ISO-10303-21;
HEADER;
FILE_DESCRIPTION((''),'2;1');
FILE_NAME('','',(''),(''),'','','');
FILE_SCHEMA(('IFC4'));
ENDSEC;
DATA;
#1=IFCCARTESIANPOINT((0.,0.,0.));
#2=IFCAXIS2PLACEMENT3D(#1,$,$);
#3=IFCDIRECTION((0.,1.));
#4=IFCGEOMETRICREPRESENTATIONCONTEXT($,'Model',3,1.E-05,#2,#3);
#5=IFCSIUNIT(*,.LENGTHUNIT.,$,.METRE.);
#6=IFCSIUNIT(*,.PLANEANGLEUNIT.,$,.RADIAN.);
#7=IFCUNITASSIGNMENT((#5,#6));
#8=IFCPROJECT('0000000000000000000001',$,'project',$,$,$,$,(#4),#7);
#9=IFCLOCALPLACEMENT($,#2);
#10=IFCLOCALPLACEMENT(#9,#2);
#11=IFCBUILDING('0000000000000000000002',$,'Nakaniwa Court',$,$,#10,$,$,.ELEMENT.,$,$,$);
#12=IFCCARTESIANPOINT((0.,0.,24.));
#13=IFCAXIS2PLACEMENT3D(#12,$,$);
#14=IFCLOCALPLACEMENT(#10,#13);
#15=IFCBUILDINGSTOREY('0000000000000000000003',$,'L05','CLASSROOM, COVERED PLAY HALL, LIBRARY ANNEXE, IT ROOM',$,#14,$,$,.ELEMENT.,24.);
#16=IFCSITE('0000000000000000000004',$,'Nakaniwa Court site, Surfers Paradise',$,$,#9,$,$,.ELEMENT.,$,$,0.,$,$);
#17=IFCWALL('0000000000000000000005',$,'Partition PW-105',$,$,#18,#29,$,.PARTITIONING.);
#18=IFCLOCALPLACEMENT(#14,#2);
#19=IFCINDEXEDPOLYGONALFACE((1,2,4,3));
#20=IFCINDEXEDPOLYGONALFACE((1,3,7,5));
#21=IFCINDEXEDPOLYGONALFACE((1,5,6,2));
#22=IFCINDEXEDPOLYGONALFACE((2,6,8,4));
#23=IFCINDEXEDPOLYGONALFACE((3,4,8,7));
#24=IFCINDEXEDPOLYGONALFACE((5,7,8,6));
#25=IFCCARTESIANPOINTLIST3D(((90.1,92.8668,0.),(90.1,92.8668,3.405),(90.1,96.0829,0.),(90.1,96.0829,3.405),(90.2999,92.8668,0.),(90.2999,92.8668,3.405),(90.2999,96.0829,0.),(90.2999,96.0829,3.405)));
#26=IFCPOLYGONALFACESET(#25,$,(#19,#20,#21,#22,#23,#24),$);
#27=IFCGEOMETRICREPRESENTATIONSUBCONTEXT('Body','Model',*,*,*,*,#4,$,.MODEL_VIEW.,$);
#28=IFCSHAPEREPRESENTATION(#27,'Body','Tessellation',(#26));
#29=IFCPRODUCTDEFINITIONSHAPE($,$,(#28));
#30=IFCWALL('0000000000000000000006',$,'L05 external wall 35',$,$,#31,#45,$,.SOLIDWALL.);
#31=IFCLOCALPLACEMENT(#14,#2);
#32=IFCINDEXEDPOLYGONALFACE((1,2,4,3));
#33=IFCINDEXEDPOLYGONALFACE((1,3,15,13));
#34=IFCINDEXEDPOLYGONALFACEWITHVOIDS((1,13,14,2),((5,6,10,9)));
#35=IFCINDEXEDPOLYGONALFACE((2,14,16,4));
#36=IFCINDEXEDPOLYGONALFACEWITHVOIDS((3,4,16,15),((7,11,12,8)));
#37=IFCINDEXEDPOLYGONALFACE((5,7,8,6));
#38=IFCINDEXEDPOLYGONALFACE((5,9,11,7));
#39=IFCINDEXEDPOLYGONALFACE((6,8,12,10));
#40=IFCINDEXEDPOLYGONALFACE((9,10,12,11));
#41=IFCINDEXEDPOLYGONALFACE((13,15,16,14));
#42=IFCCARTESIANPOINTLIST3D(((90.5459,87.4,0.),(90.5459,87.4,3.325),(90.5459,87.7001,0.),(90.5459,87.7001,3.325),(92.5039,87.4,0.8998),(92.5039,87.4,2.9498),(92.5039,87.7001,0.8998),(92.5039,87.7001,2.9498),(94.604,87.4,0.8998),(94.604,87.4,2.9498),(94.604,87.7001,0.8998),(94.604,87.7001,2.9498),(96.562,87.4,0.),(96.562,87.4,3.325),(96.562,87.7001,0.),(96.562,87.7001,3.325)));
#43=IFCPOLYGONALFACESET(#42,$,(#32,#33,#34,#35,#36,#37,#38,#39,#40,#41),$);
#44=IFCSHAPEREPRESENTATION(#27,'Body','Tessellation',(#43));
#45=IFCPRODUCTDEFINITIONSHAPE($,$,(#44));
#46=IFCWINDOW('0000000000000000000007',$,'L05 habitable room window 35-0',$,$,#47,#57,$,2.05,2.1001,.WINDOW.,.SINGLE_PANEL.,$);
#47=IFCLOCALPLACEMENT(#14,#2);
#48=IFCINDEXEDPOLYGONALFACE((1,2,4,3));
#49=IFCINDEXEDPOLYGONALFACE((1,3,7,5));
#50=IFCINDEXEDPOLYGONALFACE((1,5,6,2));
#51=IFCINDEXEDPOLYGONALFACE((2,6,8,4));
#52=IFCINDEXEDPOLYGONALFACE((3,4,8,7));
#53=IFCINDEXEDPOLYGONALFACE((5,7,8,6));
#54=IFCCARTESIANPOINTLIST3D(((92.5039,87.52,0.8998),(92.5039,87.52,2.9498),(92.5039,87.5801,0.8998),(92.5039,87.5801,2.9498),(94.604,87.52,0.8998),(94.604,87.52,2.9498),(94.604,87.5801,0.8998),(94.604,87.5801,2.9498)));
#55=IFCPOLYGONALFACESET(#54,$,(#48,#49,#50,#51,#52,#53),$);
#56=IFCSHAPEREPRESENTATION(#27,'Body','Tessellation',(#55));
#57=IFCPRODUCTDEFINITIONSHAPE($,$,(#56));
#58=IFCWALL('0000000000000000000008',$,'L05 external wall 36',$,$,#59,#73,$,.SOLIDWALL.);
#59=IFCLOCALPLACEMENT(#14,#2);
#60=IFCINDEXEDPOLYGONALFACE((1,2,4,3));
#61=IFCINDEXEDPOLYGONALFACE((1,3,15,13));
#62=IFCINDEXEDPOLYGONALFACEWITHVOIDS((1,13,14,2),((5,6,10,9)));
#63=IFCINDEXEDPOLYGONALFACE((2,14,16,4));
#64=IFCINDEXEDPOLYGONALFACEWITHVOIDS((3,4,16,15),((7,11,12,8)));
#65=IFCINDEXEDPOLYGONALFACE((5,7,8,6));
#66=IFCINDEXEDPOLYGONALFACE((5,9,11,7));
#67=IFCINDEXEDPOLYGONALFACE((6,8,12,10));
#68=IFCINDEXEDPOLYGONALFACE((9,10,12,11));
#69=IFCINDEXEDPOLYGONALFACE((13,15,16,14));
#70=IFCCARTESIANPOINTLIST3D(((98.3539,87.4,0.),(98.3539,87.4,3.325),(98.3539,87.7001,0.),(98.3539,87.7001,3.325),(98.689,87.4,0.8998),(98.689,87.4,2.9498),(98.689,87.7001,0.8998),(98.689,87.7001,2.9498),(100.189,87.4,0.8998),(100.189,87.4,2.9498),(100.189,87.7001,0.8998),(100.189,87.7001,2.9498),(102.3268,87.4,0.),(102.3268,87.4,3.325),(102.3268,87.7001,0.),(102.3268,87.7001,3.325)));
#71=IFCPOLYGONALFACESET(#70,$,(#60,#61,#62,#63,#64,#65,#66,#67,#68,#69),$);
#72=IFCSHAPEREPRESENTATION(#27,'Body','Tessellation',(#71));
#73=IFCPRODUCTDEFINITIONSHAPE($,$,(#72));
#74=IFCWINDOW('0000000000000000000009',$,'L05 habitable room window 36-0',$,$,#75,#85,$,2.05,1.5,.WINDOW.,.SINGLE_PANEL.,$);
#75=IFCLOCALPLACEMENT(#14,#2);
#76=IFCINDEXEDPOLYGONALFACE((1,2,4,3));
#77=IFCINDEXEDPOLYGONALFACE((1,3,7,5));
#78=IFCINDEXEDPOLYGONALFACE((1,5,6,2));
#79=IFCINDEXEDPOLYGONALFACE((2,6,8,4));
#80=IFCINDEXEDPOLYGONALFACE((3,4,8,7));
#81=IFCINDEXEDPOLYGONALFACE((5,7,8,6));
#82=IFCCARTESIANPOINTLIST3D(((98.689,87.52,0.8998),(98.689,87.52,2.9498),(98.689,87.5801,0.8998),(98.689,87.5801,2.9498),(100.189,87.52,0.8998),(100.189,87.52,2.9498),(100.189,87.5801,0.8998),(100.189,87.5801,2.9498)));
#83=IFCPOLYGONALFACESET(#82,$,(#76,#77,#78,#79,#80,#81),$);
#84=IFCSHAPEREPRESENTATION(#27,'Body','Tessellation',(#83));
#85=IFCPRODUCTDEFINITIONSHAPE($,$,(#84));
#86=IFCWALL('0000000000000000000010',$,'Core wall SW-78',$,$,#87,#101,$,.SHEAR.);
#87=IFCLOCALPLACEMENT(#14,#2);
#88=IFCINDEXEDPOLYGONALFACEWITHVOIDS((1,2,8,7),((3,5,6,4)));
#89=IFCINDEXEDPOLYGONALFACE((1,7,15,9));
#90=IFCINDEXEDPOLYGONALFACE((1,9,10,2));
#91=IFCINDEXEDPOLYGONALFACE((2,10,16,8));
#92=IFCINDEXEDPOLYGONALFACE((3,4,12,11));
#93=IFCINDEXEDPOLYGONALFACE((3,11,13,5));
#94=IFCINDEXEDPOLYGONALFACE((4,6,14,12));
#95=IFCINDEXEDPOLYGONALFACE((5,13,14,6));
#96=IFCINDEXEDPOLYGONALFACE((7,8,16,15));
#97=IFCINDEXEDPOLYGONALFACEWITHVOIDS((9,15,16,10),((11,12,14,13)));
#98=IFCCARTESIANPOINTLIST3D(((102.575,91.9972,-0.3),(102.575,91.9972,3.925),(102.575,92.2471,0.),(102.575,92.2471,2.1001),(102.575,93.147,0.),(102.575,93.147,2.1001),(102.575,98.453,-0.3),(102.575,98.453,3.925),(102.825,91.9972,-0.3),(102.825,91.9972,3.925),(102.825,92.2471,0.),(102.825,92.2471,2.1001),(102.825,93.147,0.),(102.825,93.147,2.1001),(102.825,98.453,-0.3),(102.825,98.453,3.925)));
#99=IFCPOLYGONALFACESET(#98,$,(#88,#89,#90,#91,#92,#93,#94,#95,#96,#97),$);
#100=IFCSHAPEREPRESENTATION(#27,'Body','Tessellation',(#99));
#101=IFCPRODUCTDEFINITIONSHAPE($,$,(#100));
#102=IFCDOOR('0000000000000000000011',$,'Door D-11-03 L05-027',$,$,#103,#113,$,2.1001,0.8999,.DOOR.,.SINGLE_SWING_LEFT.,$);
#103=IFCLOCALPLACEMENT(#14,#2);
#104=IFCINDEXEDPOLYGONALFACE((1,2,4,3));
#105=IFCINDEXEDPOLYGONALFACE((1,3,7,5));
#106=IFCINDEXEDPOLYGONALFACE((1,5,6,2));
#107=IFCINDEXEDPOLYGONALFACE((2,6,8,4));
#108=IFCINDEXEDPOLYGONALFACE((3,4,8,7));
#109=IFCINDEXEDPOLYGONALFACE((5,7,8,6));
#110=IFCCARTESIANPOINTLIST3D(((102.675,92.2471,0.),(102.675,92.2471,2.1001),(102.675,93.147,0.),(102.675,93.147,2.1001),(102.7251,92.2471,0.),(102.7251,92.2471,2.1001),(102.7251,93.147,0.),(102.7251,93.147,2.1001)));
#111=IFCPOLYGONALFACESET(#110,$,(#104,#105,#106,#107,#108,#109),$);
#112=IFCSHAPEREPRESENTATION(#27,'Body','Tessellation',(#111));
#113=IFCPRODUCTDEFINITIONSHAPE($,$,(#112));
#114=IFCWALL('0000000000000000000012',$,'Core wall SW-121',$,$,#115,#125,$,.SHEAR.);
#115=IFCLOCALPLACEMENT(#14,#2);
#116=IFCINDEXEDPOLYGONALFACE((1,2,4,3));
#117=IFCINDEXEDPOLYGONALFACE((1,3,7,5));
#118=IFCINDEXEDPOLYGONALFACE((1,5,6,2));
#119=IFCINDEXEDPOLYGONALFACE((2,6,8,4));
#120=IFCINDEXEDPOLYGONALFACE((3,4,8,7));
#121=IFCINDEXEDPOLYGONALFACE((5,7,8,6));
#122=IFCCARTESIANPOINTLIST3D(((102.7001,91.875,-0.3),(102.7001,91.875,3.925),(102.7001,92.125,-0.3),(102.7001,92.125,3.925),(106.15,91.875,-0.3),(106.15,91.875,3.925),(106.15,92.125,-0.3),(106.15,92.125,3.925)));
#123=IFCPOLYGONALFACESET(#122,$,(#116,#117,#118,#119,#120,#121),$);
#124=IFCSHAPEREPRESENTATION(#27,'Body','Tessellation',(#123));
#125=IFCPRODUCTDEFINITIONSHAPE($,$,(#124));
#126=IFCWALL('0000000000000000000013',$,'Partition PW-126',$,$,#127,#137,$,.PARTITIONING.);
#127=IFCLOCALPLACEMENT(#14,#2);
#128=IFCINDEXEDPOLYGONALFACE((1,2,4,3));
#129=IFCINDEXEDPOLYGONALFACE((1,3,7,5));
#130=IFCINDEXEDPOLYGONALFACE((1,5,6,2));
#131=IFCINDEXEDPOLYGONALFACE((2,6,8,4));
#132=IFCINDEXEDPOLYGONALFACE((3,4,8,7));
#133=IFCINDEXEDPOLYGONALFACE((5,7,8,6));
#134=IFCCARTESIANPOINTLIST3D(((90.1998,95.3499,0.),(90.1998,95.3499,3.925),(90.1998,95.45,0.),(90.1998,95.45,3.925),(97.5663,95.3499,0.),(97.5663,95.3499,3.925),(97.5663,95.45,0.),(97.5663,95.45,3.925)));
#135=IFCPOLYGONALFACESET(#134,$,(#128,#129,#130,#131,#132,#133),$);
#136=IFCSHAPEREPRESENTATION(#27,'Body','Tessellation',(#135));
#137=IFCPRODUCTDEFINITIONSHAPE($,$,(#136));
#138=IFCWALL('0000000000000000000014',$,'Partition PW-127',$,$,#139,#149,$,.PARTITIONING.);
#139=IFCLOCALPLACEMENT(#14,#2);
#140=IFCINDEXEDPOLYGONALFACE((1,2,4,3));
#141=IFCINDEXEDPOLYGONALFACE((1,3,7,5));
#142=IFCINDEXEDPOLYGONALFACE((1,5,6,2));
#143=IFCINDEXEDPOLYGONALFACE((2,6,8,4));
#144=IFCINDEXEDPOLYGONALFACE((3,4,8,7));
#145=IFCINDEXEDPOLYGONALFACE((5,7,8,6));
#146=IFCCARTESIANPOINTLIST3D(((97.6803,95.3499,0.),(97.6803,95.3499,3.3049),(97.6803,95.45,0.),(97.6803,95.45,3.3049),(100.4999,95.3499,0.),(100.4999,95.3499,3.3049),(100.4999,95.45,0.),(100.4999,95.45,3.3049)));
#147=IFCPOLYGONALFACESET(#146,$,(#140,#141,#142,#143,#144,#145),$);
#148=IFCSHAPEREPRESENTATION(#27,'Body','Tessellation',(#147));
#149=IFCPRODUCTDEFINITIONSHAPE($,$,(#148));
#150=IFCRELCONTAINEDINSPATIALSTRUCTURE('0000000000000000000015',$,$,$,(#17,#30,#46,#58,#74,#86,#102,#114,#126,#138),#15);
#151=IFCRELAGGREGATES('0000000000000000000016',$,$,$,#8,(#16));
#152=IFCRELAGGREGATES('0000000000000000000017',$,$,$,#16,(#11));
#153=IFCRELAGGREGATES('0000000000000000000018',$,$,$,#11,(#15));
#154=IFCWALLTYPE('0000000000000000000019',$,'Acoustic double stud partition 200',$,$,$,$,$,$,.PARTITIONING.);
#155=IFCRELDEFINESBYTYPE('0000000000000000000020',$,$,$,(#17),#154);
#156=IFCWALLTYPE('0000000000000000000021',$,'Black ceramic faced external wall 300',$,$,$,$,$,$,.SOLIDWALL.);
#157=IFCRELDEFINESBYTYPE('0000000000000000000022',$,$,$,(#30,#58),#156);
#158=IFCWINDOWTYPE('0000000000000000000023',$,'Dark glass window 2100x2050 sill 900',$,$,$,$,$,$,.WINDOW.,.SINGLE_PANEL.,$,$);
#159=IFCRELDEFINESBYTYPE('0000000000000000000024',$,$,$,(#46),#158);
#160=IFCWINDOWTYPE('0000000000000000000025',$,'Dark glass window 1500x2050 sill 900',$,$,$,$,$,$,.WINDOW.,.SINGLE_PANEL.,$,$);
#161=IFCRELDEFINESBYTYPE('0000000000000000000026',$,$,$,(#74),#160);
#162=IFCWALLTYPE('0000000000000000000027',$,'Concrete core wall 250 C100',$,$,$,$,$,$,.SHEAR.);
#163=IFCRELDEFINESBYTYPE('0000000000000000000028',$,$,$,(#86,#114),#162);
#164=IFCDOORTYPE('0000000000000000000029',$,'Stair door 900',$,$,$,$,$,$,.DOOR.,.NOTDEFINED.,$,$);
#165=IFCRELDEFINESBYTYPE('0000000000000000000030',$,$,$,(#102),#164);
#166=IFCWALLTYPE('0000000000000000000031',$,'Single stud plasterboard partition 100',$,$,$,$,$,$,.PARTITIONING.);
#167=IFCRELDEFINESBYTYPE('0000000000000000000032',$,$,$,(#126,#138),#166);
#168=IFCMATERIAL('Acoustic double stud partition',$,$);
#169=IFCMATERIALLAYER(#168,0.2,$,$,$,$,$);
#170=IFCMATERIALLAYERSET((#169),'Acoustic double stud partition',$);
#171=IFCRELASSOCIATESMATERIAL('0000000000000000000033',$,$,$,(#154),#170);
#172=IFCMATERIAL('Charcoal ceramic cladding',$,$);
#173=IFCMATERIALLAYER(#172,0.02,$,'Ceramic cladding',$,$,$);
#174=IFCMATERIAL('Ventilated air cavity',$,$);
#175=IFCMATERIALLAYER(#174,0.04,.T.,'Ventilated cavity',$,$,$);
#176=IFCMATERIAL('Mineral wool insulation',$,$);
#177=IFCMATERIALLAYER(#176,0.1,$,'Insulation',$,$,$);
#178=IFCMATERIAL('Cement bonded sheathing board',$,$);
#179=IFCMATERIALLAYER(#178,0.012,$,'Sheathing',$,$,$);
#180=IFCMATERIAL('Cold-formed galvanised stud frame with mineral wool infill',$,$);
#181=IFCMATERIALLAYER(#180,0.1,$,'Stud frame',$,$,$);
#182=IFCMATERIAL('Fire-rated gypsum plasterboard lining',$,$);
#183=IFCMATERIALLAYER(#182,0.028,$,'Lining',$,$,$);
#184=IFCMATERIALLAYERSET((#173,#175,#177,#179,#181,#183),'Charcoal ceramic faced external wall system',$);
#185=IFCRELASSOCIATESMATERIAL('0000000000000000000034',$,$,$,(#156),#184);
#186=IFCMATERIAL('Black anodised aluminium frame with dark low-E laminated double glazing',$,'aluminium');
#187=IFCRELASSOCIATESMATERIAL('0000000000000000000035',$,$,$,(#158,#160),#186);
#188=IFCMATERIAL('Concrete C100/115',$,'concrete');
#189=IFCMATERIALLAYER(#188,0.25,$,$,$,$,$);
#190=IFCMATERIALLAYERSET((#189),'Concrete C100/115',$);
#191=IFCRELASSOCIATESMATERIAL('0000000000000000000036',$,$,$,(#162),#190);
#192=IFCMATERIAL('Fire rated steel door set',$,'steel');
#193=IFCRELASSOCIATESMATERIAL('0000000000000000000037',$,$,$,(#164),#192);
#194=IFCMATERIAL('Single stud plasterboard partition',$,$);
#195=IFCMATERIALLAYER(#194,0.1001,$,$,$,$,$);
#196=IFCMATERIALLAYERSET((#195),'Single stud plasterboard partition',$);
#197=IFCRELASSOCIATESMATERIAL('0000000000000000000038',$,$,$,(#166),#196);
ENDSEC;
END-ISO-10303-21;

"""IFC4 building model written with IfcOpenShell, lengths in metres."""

from ifc_helpers import new_model, si_unit, direction, frame, frame_2d, origin, place, context, subcontext, project, spatial, rectangle, extrude, material, layer, layer_set, type_object, element, fill, save


model = new_model("IFC4")

# Units and contexts
model_context = context("Model", 3, precision=1e-05, world=origin(), true_north=direction((0.0, 1.0)))
body_context = subcontext(model_context, "Body", "Model", "MODEL_VIEW")
ifc_project = project(units=[si_unit("LENGTHUNIT", "METRE"), si_unit("PLANEANGLEUNIT", "RADIAN")], contexts=[model_context])

# Site, building, storey
site_placement = place(None, origin())
site = spatial("IfcSite", under=ifc_project, at=site_placement, Name="Nakaniwa Court site, Surfers Paradise", CompositionType="ELEMENT", RefElevation=0.0)
building_placement = place(site_placement, origin())
building = spatial("IfcBuilding", under=site, at=building_placement, Name="Nakaniwa Court", CompositionType="ELEMENT")
storey_placement = place(building_placement, frame((0.0, 0.0, 24.0)))
storey = spatial("IfcBuildingStorey", under=building, at=storey_placement, Name="L05", Description="CLASSROOM, COVERED PLAY HALL, LIBRARY ANNEXE, IT ROOM", CompositionType="ELEMENT", Elevation=24.0)

# Shared definitions
ifc_material_1 = material(Name="Concrete C100/115", Category="concrete")

# Shared definitions
ifc_material_2 = material(Name="Acoustic double stud partition")
ifc_layer_1 = layer(ifc_material_2, 0.2)
ifc_layer_set_1 = layer_set([ifc_layer_1], Name="Acoustic double stud partition")
wall_type_1 = type_object("IfcWallType", Name="Acoustic double stud partition 200", PredefinedType="PARTITIONING", material=ifc_layer_set_1)

# Wall
wall_1_placement = place(storey_placement, frame((90.2, 92.8669, 0.0), z_axis=(0.0, 0.0, 1.0), x_axis=(0.0, 1.0, 0.0)))
element("IfcWall", 1, at=wall_1_placement, inside=storey, type_object=wall_type_1, Name="Partition PW-105", PredefinedType="PARTITIONING", context=body_context, shape_type="SweptSolid", body=[
    extrude(rectangle(XDim=3.2161, YDim=0.2, at=frame_2d((1.6079, 0.0))), origin(), (0.0, 0.0, 1.0), 3.405),
])

# Walls, openings, windows
ifc_material_3 = material(Name="Charcoal ceramic cladding")
ifc_layer_2 = layer(ifc_material_3, 0.02, Name="Ceramic cladding")
ifc_material_4 = material(Name="Ventilated air cavity")
ifc_layer_3 = layer(ifc_material_4, 0.04, ventilated=True, Name="Ventilated cavity")
ifc_material_5 = material(Name="Mineral wool insulation")
ifc_layer_4 = layer(ifc_material_5, 0.1, Name="Insulation")
ifc_material_6 = material(Name="Cement bonded sheathing board")
ifc_layer_5 = layer(ifc_material_6, 0.012, Name="Sheathing")
ifc_material_7 = material(Name="Cold-formed galvanised stud frame with mineral wool infill")
ifc_layer_6 = layer(ifc_material_7, 0.1, Name="Stud frame")
ifc_material_8 = material(Name="Fire-rated gypsum plasterboard lining")
ifc_layer_7 = layer(ifc_material_8, 0.028, Name="Lining")
ifc_layer_set_2 = layer_set([ifc_layer_2, ifc_layer_3, ifc_layer_4, ifc_layer_5, ifc_layer_6, ifc_layer_7], Name="Charcoal ceramic faced external wall system")
wall_type_2 = type_object("IfcWallType", Name="Black ceramic faced external wall 300", PredefinedType="SOLIDWALL", material=ifc_layer_set_2)
wall_2_placement = place(storey_placement, frame((90.5459, 87.55, 0.0), z_axis=(0.0, 0.0, 1.0), x_axis=(1.0, 0.0, 0.0)))
wall_2 = element("IfcWall", 2, at=wall_2_placement, inside=storey, type_object=wall_type_2, Name="L05 external wall 35", PredefinedType="SOLIDWALL", context=body_context, shape_type="SweptSolid", body=[
    extrude(rectangle(XDim=6.0161, YDim=0.3, at=frame_2d((3.0081, 0.0))), origin(), (0.0, 0.0, 1.0), 3.325),
])
opening_1_placement = place(wall_2_placement, frame((1.958, 0.0, 0.8999)))
opening_1 = element("IfcOpeningElement", 3, at=opening_1_placement, cuts=wall_2, PredefinedType="OPENING", context=body_context, shape_type="SweptSolid", body=[
    extrude(rectangle(XDim=2.1001, YDim=2.05, at=frame_2d((1.05, 1.0249))), frame((0.0, 0.1599, 0.0), z_axis=(0.0, -1.0, 0.0), x_axis=(1.0, 0.0, 0.0)), (0.0, 0.0, 1.0), 0.3201),
])
ifc_material_9 = material(Name="Black anodised aluminium frame with dark low-E laminated double glazing", Category="aluminium")
window_type_1 = type_object("IfcWindowType", Name="Dark glass window 2100x2050 sill 900", PartitioningType="SINGLE_PANEL", PredefinedType="WINDOW", material=ifc_material_9)
window_1_placement = place(opening_1_placement, origin())
window_1 = element("IfcWindow", 4, at=window_1_placement, inside=storey, type_object=window_type_1, Name="L05 habitable room window 35-0", OverallHeight=2.05, OverallWidth=2.1001, PartitioningType="SINGLE_PANEL", PredefinedType="WINDOW", context=body_context, shape_type="SweptSolid", body=[
    extrude(rectangle(XDim=2.1001, YDim=2.05, at=frame_2d((1.05, 1.0249))), frame((0.0, 0.03, 0.0), z_axis=(0.0, -1.0, 0.0), x_axis=(1.0, 0.0, 0.0)), (0.0, 0.0, 1.0), 0.0601),
])
fill(opening_1, window_1)
wall_3_placement = place(storey_placement, frame((98.354, 87.55, 0.0), z_axis=(0.0, 0.0, 1.0), x_axis=(1.0, 0.0, 0.0)))
wall_3 = element("IfcWall", 5, at=wall_3_placement, inside=storey, type_object=wall_type_2, Name="L05 external wall 36", PredefinedType="SOLIDWALL", context=body_context, shape_type="SweptSolid", body=[
    extrude(rectangle(XDim=3.9729, YDim=0.3, at=frame_2d((1.9863, 0.0))), origin(), (0.0, 0.0, 1.0), 3.325),
])
opening_2_placement = place(wall_3_placement, frame((0.335, 0.0, 0.8999)))
opening_2 = element("IfcOpeningElement", 6, at=opening_2_placement, cuts=wall_3, PredefinedType="OPENING", context=body_context, shape_type="SweptSolid", body=[
    extrude(rectangle(XDim=1.5, YDim=2.05, at=frame_2d((0.75, 1.0249))), frame((0.0, 0.1599, 0.0), z_axis=(0.0, -1.0, 0.0), x_axis=(1.0, 0.0, 0.0)), (0.0, 0.0, 1.0), 0.3201),
])
window_type_2 = type_object("IfcWindowType", Name="Dark glass window 1500x2050 sill 900", PartitioningType="SINGLE_PANEL", PredefinedType="WINDOW", material=ifc_material_9)
window_2_placement = place(opening_2_placement, origin())
window_2 = element("IfcWindow", 7, at=window_2_placement, inside=storey, type_object=window_type_2, Name="L05 habitable room window 36-0", OverallHeight=2.05, OverallWidth=1.5, PartitioningType="SINGLE_PANEL", PredefinedType="WINDOW", context=body_context, shape_type="SweptSolid", body=[
    extrude(rectangle(XDim=1.5, YDim=2.05, at=frame_2d((0.75, 1.0249))), frame((0.0, 0.03, 0.0), z_axis=(0.0, -1.0, 0.0), x_axis=(1.0, 0.0, 0.0)), (0.0, 0.0, 1.0), 0.0601),
])
fill(opening_2, window_2)

# Wall, opening, door
ifc_layer_8 = layer(ifc_material_1, 0.25)
ifc_layer_set_3 = layer_set([ifc_layer_8], Name="Concrete C100/115")
wall_type_3 = type_object("IfcWallType", Name="Concrete core wall 250 C100", PredefinedType="SHEAR", material=ifc_layer_set_3)
wall_4_placement = place(storey_placement, frame((102.7, 91.9971, -0.3), z_axis=(0.0, 0.0, 1.0), x_axis=(0.0, 1.0, 0.0)))
wall_4 = element("IfcWall", 8, at=wall_4_placement, inside=storey, type_object=wall_type_3, Name="Core wall SW-78", PredefinedType="SHEAR", context=body_context, shape_type="SweptSolid", body=[
    extrude(rectangle(XDim=6.4558, YDim=0.25, at=frame_2d((3.228, 0.0))), origin(), (0.0, 0.0, 1.0), 4.2251),
])
opening_3_placement = place(wall_4_placement, frame((0.25, 0.0, 0.3)))
opening_3 = element("IfcOpeningElement", 9, at=opening_3_placement, cuts=wall_4, PredefinedType="OPENING", context=body_context, shape_type="SweptSolid", body=[
    extrude(rectangle(XDim=0.8999, YDim=2.1001, at=frame_2d((0.45, 1.05))), frame((0.0, 0.135, 0.0), z_axis=(0.0, -1.0, 0.0), x_axis=(1.0, 0.0, 0.0)), (0.0, 0.0, 1.0), 0.27),
])
ifc_material_10 = material(Name="Fire rated steel door set", Category="steel")
door_type_1 = type_object("IfcDoorType", Name="Stair door 900", OperationType="NOTDEFINED", PredefinedType="DOOR", material=ifc_material_10)
door_1_placement = place(opening_3_placement, origin())
door_1 = element("IfcDoor", 10, at=door_1_placement, inside=storey, type_object=door_type_1, Name="Door D-11-03 L05-027", OperationType="SINGLE_SWING_LEFT", OverallHeight=2.1001, OverallWidth=0.8999, PredefinedType="DOOR", context=body_context, shape_type="SweptSolid", body=[
    extrude(rectangle(XDim=0.8999, YDim=2.1001, at=frame_2d((0.45, 1.05))), frame((0.0, 0.0249, 0.0), z_axis=(0.0, -1.0, 0.0), x_axis=(1.0, 0.0, 0.0)), (0.0, 0.0, 1.0), 0.05),
])
fill(opening_3, door_1)

# Walls
wall_5_placement = place(storey_placement, frame((102.7, 92.0, -0.3), z_axis=(0.0, 0.0, 1.0), x_axis=(1.0, 0.0, 0.0)))
element("IfcWall", 11, at=wall_5_placement, inside=storey, type_object=wall_type_3, Name="Core wall SW-121", PredefinedType="SHEAR", context=body_context, shape_type="SweptSolid", body=[
    extrude(rectangle(XDim=3.45, YDim=0.25, at=frame_2d((1.7251, 0.0))), origin(), (0.0, 0.0, 1.0), 4.2251),
])
ifc_material_11 = material(Name="Single stud plasterboard partition")
ifc_layer_9 = layer(ifc_material_11, 0.1001)
ifc_layer_set_4 = layer_set([ifc_layer_9], Name="Single stud plasterboard partition")
wall_type_4 = type_object("IfcWallType", Name="Single stud plasterboard partition 100", PredefinedType="PARTITIONING", material=ifc_layer_set_4)
wall_6_placement = place(storey_placement, frame((90.2, 95.3999, 0.0), z_axis=(0.0, 0.0, 1.0), x_axis=(1.0, 0.0, 0.0)))
element("IfcWall", 12, at=wall_6_placement, inside=storey, type_object=wall_type_4, Name="Partition PW-126", PredefinedType="PARTITIONING", context=body_context, shape_type="SweptSolid", body=[
    extrude(rectangle(XDim=7.3665, YDim=0.1001, at=frame_2d((3.6831, 0.0))), origin(), (0.0, 0.0, 1.0), 3.925),
])
wall_7_placement = place(storey_placement, frame((97.6804, 95.3999, 0.0), z_axis=(0.0, 0.0, 1.0), x_axis=(1.0, 0.0, 0.0)))
element("IfcWall", 13, at=wall_7_placement, inside=storey, type_object=wall_type_4, Name="Partition PW-127", PredefinedType="PARTITIONING", context=body_context, shape_type="SweptSolid", body=[
    extrude(rectangle(XDim=2.8196, YDim=0.1001, at=frame_2d((1.4097, 0.0))), origin(), (0.0, 0.0, 1.0), 3.3049),
])

save(model, "model.ifc")
